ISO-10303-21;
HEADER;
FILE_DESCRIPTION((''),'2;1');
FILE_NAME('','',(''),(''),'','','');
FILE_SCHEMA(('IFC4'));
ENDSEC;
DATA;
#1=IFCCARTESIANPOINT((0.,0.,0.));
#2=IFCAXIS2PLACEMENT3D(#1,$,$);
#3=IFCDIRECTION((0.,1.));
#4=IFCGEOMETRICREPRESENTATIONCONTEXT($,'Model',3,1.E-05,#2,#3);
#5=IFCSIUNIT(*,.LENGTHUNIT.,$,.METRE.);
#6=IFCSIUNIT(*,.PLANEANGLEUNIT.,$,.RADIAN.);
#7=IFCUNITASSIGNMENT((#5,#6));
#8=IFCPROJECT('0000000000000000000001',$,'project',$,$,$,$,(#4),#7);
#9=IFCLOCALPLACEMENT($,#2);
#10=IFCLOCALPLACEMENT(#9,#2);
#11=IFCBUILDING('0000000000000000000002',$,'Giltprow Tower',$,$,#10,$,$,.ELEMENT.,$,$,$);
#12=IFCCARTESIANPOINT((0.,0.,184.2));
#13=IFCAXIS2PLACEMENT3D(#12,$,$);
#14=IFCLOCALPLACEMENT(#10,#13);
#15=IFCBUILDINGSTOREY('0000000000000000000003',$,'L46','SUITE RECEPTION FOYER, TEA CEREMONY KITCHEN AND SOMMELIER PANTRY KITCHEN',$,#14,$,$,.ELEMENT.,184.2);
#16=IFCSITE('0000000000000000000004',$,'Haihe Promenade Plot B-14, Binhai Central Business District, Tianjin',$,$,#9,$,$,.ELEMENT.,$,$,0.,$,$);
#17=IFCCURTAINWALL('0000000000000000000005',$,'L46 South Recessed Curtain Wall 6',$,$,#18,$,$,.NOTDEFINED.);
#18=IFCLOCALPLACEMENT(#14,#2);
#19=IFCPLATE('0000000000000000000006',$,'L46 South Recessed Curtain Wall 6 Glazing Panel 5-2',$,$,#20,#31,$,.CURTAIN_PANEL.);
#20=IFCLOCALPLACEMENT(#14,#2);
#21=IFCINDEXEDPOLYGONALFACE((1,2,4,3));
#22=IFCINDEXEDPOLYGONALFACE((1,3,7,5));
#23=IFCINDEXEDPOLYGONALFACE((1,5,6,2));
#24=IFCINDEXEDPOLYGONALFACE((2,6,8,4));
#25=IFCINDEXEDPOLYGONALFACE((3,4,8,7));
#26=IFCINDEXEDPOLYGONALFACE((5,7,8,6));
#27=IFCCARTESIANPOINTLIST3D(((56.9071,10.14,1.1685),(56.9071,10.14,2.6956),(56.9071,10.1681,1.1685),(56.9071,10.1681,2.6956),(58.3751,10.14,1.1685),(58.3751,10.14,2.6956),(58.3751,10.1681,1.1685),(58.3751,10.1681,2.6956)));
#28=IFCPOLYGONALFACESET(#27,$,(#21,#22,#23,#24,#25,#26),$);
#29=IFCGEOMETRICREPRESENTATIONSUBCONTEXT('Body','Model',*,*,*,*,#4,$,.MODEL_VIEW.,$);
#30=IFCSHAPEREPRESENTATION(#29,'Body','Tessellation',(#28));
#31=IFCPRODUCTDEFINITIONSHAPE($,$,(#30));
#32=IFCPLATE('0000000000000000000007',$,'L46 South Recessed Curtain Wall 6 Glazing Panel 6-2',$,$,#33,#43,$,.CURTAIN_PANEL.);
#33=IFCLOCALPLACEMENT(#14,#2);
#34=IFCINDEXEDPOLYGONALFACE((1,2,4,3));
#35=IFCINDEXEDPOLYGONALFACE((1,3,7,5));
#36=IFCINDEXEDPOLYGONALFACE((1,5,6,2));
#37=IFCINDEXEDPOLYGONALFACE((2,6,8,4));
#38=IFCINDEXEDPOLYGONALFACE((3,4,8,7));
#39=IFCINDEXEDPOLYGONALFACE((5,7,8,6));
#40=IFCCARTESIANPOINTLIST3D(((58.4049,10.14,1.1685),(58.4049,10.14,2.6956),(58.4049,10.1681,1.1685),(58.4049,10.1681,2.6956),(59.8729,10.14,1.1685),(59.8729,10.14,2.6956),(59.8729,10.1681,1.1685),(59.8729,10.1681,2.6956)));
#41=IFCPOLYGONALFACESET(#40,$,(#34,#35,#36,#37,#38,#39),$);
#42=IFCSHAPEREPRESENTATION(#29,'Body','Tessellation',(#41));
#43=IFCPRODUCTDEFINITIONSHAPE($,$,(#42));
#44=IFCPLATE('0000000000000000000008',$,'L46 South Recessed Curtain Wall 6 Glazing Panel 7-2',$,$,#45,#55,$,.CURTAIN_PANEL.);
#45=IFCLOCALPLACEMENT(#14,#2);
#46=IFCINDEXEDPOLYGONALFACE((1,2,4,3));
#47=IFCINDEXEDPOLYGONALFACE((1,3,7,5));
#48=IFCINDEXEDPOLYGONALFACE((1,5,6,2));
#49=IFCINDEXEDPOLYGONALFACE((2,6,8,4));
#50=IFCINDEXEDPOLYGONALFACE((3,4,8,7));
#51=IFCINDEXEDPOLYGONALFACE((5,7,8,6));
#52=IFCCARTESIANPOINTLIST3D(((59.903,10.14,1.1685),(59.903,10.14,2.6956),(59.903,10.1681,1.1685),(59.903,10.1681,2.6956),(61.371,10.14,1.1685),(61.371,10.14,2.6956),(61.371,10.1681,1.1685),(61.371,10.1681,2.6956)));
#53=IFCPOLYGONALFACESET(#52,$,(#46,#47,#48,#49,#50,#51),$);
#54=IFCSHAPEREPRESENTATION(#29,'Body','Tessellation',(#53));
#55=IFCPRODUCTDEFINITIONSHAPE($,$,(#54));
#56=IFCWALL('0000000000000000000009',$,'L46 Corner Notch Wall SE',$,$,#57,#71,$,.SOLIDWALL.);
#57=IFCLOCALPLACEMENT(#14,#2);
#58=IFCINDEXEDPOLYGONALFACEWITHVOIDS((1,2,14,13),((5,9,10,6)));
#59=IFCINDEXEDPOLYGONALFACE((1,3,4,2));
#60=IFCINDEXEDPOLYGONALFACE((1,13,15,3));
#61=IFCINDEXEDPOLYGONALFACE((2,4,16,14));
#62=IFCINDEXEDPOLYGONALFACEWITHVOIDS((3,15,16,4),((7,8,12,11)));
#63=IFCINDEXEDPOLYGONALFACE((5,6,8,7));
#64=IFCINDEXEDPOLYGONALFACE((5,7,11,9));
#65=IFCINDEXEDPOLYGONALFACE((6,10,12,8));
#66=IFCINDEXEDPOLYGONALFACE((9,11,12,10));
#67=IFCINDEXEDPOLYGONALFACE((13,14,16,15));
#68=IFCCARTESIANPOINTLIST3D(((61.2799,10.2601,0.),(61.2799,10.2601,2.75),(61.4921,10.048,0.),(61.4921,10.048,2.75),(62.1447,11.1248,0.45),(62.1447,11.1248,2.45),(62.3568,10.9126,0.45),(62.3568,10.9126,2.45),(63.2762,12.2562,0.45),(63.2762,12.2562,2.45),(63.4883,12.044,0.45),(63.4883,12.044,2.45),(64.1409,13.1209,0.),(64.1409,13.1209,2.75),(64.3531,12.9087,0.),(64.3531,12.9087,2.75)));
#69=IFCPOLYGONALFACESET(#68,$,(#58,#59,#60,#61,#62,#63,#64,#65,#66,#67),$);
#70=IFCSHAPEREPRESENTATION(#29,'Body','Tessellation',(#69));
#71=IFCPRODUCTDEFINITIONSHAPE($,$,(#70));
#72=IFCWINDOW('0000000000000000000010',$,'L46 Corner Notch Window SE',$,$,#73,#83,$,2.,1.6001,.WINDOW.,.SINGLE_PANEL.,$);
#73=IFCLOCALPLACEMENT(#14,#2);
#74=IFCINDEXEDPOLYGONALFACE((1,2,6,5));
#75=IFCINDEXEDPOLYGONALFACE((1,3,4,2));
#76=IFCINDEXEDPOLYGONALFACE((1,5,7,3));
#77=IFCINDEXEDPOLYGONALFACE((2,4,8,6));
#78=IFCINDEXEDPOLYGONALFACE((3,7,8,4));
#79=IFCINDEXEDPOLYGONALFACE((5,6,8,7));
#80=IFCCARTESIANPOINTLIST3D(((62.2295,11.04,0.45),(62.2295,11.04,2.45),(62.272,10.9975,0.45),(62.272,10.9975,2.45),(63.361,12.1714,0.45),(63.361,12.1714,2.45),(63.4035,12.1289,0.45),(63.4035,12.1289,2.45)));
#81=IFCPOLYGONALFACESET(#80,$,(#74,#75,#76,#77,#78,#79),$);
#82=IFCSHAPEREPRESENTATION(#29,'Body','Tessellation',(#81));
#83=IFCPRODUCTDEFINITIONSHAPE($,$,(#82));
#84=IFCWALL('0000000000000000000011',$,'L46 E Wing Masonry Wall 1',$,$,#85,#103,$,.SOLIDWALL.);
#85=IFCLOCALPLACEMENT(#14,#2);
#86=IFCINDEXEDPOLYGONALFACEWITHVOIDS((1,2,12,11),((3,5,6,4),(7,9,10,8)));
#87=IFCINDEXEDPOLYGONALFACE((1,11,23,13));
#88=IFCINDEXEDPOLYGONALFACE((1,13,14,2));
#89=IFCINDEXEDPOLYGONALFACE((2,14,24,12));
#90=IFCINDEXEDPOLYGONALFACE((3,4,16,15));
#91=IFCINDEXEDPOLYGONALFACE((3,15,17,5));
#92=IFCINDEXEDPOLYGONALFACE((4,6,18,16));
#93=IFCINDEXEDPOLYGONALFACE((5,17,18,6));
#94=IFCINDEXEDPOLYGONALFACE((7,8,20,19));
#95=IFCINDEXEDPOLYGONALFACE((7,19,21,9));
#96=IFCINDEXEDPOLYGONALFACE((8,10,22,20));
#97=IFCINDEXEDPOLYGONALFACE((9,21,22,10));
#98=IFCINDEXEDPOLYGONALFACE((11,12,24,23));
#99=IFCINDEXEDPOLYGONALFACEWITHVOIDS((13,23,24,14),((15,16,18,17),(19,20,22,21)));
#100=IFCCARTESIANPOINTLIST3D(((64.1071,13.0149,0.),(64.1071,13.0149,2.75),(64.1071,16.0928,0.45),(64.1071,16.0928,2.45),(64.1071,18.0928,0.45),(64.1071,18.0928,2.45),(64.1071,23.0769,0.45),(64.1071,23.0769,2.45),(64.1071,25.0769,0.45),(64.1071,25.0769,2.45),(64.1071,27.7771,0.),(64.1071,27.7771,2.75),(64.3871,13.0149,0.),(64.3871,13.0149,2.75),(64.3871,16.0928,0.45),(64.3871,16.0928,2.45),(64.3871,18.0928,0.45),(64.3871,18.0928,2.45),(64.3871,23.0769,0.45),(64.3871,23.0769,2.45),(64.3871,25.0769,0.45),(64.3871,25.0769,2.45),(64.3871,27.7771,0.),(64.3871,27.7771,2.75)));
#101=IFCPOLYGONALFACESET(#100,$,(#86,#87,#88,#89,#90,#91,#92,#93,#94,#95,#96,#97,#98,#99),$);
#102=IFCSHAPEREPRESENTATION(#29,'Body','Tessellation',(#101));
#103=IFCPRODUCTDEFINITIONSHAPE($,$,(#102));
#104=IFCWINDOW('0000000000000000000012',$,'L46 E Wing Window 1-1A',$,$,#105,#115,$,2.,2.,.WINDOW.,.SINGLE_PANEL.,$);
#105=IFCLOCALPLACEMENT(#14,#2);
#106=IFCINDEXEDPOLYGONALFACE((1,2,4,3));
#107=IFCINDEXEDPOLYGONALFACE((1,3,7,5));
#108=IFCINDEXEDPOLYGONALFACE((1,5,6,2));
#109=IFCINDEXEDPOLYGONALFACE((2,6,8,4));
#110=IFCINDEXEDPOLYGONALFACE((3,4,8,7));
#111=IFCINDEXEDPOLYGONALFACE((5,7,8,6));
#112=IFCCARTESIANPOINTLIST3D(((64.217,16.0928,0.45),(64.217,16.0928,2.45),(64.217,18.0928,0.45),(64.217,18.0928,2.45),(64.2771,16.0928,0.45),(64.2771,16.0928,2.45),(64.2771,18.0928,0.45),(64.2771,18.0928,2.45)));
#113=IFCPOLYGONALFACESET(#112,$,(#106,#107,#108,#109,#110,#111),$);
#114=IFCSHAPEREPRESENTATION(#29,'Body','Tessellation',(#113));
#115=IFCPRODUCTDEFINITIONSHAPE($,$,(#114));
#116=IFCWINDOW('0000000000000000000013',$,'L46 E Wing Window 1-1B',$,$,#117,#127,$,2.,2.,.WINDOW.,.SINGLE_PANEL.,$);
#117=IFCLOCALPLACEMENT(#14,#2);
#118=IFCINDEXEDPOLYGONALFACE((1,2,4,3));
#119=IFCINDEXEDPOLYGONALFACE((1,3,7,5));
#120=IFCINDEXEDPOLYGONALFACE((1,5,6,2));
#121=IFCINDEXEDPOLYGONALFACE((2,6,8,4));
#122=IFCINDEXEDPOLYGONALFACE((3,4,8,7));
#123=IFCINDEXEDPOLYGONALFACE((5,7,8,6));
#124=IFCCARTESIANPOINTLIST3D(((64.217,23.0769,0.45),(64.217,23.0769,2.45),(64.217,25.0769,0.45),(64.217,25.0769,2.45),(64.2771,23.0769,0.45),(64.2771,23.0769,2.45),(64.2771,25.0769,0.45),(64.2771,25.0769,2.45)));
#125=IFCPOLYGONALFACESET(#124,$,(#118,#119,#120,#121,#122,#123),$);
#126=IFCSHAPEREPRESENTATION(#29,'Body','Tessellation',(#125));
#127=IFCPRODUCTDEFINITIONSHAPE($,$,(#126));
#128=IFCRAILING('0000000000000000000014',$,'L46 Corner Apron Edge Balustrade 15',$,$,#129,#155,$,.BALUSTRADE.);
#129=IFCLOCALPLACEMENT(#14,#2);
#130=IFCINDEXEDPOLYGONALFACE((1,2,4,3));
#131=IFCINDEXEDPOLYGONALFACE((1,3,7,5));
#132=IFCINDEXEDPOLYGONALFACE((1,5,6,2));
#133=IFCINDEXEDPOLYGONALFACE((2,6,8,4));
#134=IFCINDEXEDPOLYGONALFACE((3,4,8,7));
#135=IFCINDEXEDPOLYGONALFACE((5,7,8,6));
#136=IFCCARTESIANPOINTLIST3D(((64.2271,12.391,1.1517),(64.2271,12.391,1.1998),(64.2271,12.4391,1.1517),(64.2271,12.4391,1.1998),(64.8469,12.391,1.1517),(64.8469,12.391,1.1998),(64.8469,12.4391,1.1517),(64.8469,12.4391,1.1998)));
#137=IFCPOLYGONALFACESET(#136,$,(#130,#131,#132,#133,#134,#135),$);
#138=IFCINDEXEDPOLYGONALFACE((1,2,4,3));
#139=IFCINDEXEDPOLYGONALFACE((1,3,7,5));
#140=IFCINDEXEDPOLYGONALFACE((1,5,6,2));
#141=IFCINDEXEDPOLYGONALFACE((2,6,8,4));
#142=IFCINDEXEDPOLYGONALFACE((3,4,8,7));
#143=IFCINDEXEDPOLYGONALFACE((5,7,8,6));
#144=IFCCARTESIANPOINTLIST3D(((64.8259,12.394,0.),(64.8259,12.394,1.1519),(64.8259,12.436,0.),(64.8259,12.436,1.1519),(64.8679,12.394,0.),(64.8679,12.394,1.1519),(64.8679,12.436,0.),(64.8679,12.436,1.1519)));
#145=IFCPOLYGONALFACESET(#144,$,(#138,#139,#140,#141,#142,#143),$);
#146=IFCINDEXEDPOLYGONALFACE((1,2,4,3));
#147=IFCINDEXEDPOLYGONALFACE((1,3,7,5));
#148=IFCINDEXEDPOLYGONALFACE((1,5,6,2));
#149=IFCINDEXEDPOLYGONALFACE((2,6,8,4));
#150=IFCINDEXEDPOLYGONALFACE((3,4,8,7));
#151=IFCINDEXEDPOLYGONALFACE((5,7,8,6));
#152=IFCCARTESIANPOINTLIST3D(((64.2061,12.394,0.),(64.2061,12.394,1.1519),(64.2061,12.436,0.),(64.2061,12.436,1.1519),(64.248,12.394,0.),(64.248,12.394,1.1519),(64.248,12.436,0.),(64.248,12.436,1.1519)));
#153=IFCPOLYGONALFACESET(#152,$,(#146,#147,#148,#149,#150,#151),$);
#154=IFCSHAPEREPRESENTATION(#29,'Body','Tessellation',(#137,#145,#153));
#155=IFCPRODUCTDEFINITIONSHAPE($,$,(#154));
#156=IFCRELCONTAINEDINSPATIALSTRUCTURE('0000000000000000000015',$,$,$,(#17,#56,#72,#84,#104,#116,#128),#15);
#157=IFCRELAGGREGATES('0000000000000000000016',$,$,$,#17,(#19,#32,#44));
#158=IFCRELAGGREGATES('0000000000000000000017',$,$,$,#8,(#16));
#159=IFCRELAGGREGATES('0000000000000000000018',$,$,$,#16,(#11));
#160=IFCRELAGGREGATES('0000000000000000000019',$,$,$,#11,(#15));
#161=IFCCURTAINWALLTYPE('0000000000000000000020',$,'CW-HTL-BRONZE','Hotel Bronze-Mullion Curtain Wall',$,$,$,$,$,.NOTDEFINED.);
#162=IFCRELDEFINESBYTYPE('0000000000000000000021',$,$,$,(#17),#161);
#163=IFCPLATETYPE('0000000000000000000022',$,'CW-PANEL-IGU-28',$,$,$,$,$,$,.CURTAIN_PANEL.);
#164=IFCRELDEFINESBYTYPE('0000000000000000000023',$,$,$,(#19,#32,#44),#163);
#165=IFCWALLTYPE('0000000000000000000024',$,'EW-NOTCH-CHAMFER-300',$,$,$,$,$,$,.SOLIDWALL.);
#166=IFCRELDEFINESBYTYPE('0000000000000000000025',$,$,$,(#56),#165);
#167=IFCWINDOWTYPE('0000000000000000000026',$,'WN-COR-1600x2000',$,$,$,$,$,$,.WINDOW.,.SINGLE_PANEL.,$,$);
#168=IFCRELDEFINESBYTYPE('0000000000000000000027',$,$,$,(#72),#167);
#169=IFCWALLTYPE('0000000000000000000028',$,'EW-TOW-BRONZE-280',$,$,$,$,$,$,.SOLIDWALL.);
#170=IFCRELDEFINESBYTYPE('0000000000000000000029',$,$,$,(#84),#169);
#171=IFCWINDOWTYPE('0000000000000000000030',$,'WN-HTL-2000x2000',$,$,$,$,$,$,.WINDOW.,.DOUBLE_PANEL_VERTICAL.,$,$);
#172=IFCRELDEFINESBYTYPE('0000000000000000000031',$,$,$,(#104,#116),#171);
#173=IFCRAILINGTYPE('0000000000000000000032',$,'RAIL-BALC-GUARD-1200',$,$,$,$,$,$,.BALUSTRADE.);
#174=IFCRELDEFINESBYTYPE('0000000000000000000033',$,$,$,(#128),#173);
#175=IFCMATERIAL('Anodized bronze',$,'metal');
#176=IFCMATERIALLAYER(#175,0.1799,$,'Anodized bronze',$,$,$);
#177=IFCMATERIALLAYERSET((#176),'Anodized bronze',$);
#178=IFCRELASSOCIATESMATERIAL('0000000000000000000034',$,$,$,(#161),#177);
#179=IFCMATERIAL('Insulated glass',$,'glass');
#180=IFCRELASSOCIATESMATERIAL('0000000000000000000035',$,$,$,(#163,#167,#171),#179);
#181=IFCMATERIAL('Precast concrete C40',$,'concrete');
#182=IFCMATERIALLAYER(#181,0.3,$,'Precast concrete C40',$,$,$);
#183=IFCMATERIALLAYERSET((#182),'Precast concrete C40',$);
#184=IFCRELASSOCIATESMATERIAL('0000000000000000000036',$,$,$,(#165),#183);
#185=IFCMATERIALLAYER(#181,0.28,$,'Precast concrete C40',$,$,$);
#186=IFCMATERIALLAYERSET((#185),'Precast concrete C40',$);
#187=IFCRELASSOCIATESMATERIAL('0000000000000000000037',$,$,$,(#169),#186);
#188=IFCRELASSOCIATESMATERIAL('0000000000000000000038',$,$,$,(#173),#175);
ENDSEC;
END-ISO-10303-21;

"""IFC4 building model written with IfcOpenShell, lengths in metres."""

from ifc_helpers import new_model, si_unit, direction, frame, frame_2d, origin, origin_2d, place, context, subcontext, project, spatial, rectangle, extrude, source, transform, mapped, material, layer, layer_set, type_object, element, fill, aggregate, save


model = new_model("IFC4")

# Units and contexts
model_context = context("Model", 3, precision=1e-05, world=origin(), true_north=direction((0.0, 1.0)))
body_context = subcontext(model_context, "Body", "Model", "MODEL_VIEW")
ifc_project = project(units=[si_unit("LENGTHUNIT", "METRE"), si_unit("PLANEANGLEUNIT", "RADIAN")], contexts=[model_context])

# Site, building, storey
site_placement = place(None, origin())
site = spatial("IfcSite", under=ifc_project, at=site_placement, Name="Haihe Promenade Plot B-14, Binhai Central Business District, Tianjin", CompositionType="ELEMENT", RefElevation=0.0)
building_placement = place(site_placement, origin())
building = spatial("IfcBuilding", under=site, at=building_placement, Name="Giltprow Tower", CompositionType="ELEMENT")
storey_placement = place(building_placement, frame((0.0, 0.0, 184.2)))
storey = spatial("IfcBuildingStorey", under=building, at=storey_placement, Name="L46", Description="SUITE RECEPTION FOYER, TEA CEREMONY KITCHEN AND SOMMELIER PANTRY KITCHEN", CompositionType="ELEMENT", Elevation=184.2)

# Curtain wall, plates
ifc_material_1 = material(Name="Anodized bronze", Category="metal")
ifc_layer_1 = layer(ifc_material_1, 0.1799, Name="Anodized bronze")
ifc_layer_set_1 = layer_set([ifc_layer_1], Name="Anodized bronze")
curtain_wall_type = type_object("IfcCurtainWallType", Name="CW-HTL-BRONZE", Description="Hotel Bronze-Mullion Curtain Wall", PredefinedType="NOTDEFINED", material=ifc_layer_set_1)
curtain_wall_placement = place(storey_placement, origin())
curtain_wall = element("IfcCurtainWall", 1, at=curtain_wall_placement, inside=storey, type_object=curtain_wall_type, Name="L46 South Recessed Curtain Wall 6", PredefinedType="NOTDEFINED")
ifc_material_2 = material(Name="Insulated glass", Category="glass")
plate_type = type_object("IfcPlateType", Name="CW-PANEL-IGU-28", PredefinedType="CURTAIN_PANEL", material=ifc_material_2)
shared_shape_1 = source(origin(), body_context, "Body", "SweptSolid", [
    extrude(rectangle(XDim=1.468, YDim=0.0281, at=origin_2d()), origin(), (0.0, 0.0, 1.0), 1.5271),
])
plate_1_placement = place(storey_placement, frame((57.6411, 10.1541, 1.1685), z_axis=(0.0, 0.0, 1.0), x_axis=(1.0, 0.0, 0.0)))
plate_1 = element("IfcPlate", 2, at=plate_1_placement, type_object=plate_type, Name="L46 South Recessed Curtain Wall 6 Glazing Panel 5-2", PredefinedType="CURTAIN_PANEL", context=body_context, shape_type="MappedRepresentation", body=[
    mapped(shared_shape_1, transform((0.0, 0.0, 0.0), x_axis=(1.0, 0.0, 0.0), y_axis=(0.0, 1.0, 0.0), z_axis=(0.0, 0.0, 1.0), scale=1.0)),
])
plate_2_placement = place(storey_placement, frame((59.1389, 10.1541, 1.1685), z_axis=(0.0, 0.0, 1.0), x_axis=(1.0, 0.0, 0.0)))
plate_2 = element("IfcPlate", 3, at=plate_2_placement, type_object=plate_type, Name="L46 South Recessed Curtain Wall 6 Glazing Panel 6-2", PredefinedType="CURTAIN_PANEL", context=body_context, shape_type="MappedRepresentation", body=[
    mapped(shared_shape_1, transform((0.0, 0.0, 0.0), x_axis=(1.0, 0.0, 0.0), y_axis=(0.0, 1.0, 0.0), z_axis=(0.0, 0.0, 1.0), scale=1.0)),
])
plate_3_placement = place(storey_placement, frame((60.637, 10.1541, 1.1685), z_axis=(0.0, 0.0, 1.0), x_axis=(1.0, 0.0, 0.0)))
plate_3 = element("IfcPlate", 4, at=plate_3_placement, type_object=plate_type, Name="L46 South Recessed Curtain Wall 6 Glazing Panel 7-2", PredefinedType="CURTAIN_PANEL", context=body_context, shape_type="MappedRepresentation", body=[
    mapped(shared_shape_1, transform((0.0, 0.0, 0.0), x_axis=(1.0, 0.0, 0.0), y_axis=(0.0, 1.0, 0.0), z_axis=(0.0, 0.0, 1.0), scale=1.0)),
])
aggregate(curtain_wall, [plate_1, plate_2, plate_3])

# Wall, opening, window
ifc_material_3 = material(Name="Precast concrete C40", Category="concrete")
ifc_layer_2 = layer(ifc_material_3, 0.3, Name="Precast concrete C40")
ifc_layer_set_2 = layer_set([ifc_layer_2], Name="Precast concrete C40")
wall_type_1 = type_object("IfcWallType", Name="EW-NOTCH-CHAMFER-300", PredefinedType="SOLIDWALL", material=ifc_layer_set_2)
wall_1_placement = place(storey_placement, frame((61.386, 10.1541, 0.0), z_axis=(0.0, 0.0, 1.0), x_axis=(0.707137, 0.707077, 0.0)))
wall_1 = element("IfcWall", 5, at=wall_1_placement, inside=storey, type_object=wall_type_1, Name="L46 Corner Notch Wall SE", PredefinedType="SOLIDWALL", context=body_context, shape_type="SweptSolid", body=[
    extrude(rectangle(XDim=4.0459, YDim=0.3, at=frame_2d((2.0229, 0.0))), origin(), (0.0, 0.0, 1.0), 2.75),
])
opening_1_placement = place(wall_1_placement, frame((1.2229, 0.0, 0.45)))
opening_1 = element("IfcOpeningElement", 6, at=opening_1_placement, cuts=wall_1, PredefinedType="OPENING", context=body_context, shape_type="SweptSolid", body=[
    extrude(rectangle(XDim=1.6001, YDim=2.0, at=frame_2d((0.8, 1.0))), frame((0.0, 0.1599, 0.0), z_axis=(0.0, -1.0, 0.0), x_axis=(1.0, 0.0, 0.0)), (0.0, 0.0, 1.0), 0.3201),
])
window_type_1 = type_object("IfcWindowType", Name="WN-COR-1600x2000", PartitioningType="SINGLE_PANEL", PredefinedType="WINDOW", material=ifc_material_2)
shared_shape_2 = source(origin(), body_context, "Body", "SweptSolid", [
    extrude(rectangle(XDim=1.6001, YDim=2.0, at=frame_2d((0.8, 1.0))), frame((0.0, 0.03, 0.0), z_axis=(0.0, -1.0, 0.0), x_axis=(1.0, 0.0, 0.0)), (0.0, 0.0, 1.0), 0.0601),
])
window_1_placement = place(opening_1_placement, origin())
window_1 = element("IfcWindow", 7, at=window_1_placement, inside=storey, type_object=window_type_1, Name="L46 Corner Notch Window SE", OverallHeight=2.0, OverallWidth=1.6001, PartitioningType="SINGLE_PANEL", PredefinedType="WINDOW", context=body_context, shape_type="MappedRepresentation", body=[
    mapped(shared_shape_2, transform((0.0, 0.0, 0.0), x_axis=(1.0, 0.0, 0.0), y_axis=(0.0, 1.0, 0.0), z_axis=(0.0, 0.0, 1.0), scale=1.0)),
])
fill(opening_1, window_1)

# Wall, openings, windows
ifc_layer_3 = layer(ifc_material_3, 0.28, Name="Precast concrete C40")
ifc_layer_set_3 = layer_set([ifc_layer_3], Name="Precast concrete C40")
wall_type_2 = type_object("IfcWallType", Name="EW-TOW-BRONZE-280", PredefinedType="SOLIDWALL", material=ifc_layer_set_3)
wall_2_placement = place(storey_placement, frame((64.2471, 13.0149, 0.0), z_axis=(0.0, 0.0, 1.0), x_axis=(0.0, 1.0, 0.0)))
wall_2 = element("IfcWall", 8, at=wall_2_placement, inside=storey, type_object=wall_type_2, Name="L46 E Wing Masonry Wall 1", PredefinedType="SOLIDWALL", context=body_context, shape_type="SweptSolid", body=[
    extrude(rectangle(XDim=14.7622, YDim=0.28, at=frame_2d((7.3811, 0.0))), origin(), (0.0, 0.0, 1.0), 2.75),
])
opening_2_placement = place(wall_2_placement, frame((3.0779, 0.0, 0.45)))
opening_2 = element("IfcOpeningElement", 9, at=opening_2_placement, cuts=wall_2, PredefinedType="OPENING", context=body_context, shape_type="SweptSolid", body=[
    extrude(rectangle(XDim=2.0, YDim=2.0, at=frame_2d((1.0, 1.0))), frame((0.0, 0.1499, 0.0), z_axis=(0.0, -1.0, 0.0), x_axis=(1.0, 0.0, 0.0)), (0.0, 0.0, 1.0), 0.3),
])
opening_3_placement = place(wall_2_placement, frame((10.062, 0.0, 0.45)))
opening_3 = element("IfcOpeningElement", 10, at=opening_3_placement, cuts=wall_2, PredefinedType="OPENING", context=body_context, shape_type="SweptSolid", body=[
    extrude(rectangle(XDim=2.0, YDim=2.0, at=frame_2d((1.0, 1.0))), frame((0.0, 0.1499, 0.0), z_axis=(0.0, -1.0, 0.0), x_axis=(1.0, 0.0, 0.0)), (0.0, 0.0, 1.0), 0.3),
])
window_type_2 = type_object("IfcWindowType", Name="WN-HTL-2000x2000", PartitioningType="DOUBLE_PANEL_VERTICAL", PredefinedType="WINDOW", material=ifc_material_2)
shared_shape_3 = source(origin(), body_context, "Body", "SweptSolid", [
    extrude(rectangle(XDim=2.0, YDim=2.0, at=frame_2d((1.0, 1.0))), frame((0.0, 0.03, 0.0), z_axis=(0.0, -1.0, 0.0), x_axis=(1.0, 0.0, 0.0)), (0.0, 0.0, 1.0), 0.0601),
])
window_2_placement = place(opening_2_placement, origin())
window_2 = element("IfcWindow", 11, at=window_2_placement, inside=storey, type_object=window_type_2, Name="L46 E Wing Window 1-1A", OverallHeight=2.0, OverallWidth=2.0, PartitioningType="SINGLE_PANEL", PredefinedType="WINDOW", context=body_context, shape_type="MappedRepresentation", body=[
    mapped(shared_shape_3, transform((0.0, 0.0, 0.0), x_axis=(1.0, 0.0, 0.0), y_axis=(0.0, 1.0, 0.0), z_axis=(0.0, 0.0, 1.0), scale=1.0)),
])
fill(opening_2, window_2)
window_3_placement = place(opening_3_placement, origin())
window_3 = element("IfcWindow", 12, at=window_3_placement, inside=storey, type_object=window_type_2, Name="L46 E Wing Window 1-1B", OverallHeight=2.0, OverallWidth=2.0, PartitioningType="SINGLE_PANEL", PredefinedType="WINDOW", context=body_context, shape_type="MappedRepresentation", body=[
    mapped(shared_shape_3, transform((0.0, 0.0, 0.0), x_axis=(1.0, 0.0, 0.0), y_axis=(0.0, 1.0, 0.0), z_axis=(0.0, 0.0, 1.0), scale=1.0)),
])
fill(opening_3, window_3)

# Railing
railing_type = type_object("IfcRailingType", Name="RAIL-BALC-GUARD-1200", PredefinedType="BALUSTRADE", material=ifc_material_1)
railing_1_placement = place(storey_placement, frame((64.8469, 12.415, 0.0)))
element("IfcRailing", 13, at=railing_1_placement, inside=storey, type_object=railing_type, Name="L46 Corner Apron Edge Balustrade 15", PredefinedType="BALUSTRADE", context=body_context, shape_type="SweptSolid", body=[
    extrude(rectangle(XDim=0.0481, YDim=0.0481, at=origin_2d()), frame((0.0, 0.0, 1.1758), z_axis=(-1.0, 0.0, 0.0), x_axis=(0.0, -1.0, 0.0)), (0.0, 0.0, 1.0), 0.6199),
    extrude(rectangle(XDim=0.042, YDim=0.042, at=origin_2d()), origin(), (0.0, 0.0, 1.0), 1.1519),
    extrude(rectangle(XDim=0.042, YDim=0.042, at=origin_2d()), frame((-0.6199, 0.0, 0.0)), (0.0, 0.0, 1.0), 1.1519),
])

save(model, "model.ifc")
